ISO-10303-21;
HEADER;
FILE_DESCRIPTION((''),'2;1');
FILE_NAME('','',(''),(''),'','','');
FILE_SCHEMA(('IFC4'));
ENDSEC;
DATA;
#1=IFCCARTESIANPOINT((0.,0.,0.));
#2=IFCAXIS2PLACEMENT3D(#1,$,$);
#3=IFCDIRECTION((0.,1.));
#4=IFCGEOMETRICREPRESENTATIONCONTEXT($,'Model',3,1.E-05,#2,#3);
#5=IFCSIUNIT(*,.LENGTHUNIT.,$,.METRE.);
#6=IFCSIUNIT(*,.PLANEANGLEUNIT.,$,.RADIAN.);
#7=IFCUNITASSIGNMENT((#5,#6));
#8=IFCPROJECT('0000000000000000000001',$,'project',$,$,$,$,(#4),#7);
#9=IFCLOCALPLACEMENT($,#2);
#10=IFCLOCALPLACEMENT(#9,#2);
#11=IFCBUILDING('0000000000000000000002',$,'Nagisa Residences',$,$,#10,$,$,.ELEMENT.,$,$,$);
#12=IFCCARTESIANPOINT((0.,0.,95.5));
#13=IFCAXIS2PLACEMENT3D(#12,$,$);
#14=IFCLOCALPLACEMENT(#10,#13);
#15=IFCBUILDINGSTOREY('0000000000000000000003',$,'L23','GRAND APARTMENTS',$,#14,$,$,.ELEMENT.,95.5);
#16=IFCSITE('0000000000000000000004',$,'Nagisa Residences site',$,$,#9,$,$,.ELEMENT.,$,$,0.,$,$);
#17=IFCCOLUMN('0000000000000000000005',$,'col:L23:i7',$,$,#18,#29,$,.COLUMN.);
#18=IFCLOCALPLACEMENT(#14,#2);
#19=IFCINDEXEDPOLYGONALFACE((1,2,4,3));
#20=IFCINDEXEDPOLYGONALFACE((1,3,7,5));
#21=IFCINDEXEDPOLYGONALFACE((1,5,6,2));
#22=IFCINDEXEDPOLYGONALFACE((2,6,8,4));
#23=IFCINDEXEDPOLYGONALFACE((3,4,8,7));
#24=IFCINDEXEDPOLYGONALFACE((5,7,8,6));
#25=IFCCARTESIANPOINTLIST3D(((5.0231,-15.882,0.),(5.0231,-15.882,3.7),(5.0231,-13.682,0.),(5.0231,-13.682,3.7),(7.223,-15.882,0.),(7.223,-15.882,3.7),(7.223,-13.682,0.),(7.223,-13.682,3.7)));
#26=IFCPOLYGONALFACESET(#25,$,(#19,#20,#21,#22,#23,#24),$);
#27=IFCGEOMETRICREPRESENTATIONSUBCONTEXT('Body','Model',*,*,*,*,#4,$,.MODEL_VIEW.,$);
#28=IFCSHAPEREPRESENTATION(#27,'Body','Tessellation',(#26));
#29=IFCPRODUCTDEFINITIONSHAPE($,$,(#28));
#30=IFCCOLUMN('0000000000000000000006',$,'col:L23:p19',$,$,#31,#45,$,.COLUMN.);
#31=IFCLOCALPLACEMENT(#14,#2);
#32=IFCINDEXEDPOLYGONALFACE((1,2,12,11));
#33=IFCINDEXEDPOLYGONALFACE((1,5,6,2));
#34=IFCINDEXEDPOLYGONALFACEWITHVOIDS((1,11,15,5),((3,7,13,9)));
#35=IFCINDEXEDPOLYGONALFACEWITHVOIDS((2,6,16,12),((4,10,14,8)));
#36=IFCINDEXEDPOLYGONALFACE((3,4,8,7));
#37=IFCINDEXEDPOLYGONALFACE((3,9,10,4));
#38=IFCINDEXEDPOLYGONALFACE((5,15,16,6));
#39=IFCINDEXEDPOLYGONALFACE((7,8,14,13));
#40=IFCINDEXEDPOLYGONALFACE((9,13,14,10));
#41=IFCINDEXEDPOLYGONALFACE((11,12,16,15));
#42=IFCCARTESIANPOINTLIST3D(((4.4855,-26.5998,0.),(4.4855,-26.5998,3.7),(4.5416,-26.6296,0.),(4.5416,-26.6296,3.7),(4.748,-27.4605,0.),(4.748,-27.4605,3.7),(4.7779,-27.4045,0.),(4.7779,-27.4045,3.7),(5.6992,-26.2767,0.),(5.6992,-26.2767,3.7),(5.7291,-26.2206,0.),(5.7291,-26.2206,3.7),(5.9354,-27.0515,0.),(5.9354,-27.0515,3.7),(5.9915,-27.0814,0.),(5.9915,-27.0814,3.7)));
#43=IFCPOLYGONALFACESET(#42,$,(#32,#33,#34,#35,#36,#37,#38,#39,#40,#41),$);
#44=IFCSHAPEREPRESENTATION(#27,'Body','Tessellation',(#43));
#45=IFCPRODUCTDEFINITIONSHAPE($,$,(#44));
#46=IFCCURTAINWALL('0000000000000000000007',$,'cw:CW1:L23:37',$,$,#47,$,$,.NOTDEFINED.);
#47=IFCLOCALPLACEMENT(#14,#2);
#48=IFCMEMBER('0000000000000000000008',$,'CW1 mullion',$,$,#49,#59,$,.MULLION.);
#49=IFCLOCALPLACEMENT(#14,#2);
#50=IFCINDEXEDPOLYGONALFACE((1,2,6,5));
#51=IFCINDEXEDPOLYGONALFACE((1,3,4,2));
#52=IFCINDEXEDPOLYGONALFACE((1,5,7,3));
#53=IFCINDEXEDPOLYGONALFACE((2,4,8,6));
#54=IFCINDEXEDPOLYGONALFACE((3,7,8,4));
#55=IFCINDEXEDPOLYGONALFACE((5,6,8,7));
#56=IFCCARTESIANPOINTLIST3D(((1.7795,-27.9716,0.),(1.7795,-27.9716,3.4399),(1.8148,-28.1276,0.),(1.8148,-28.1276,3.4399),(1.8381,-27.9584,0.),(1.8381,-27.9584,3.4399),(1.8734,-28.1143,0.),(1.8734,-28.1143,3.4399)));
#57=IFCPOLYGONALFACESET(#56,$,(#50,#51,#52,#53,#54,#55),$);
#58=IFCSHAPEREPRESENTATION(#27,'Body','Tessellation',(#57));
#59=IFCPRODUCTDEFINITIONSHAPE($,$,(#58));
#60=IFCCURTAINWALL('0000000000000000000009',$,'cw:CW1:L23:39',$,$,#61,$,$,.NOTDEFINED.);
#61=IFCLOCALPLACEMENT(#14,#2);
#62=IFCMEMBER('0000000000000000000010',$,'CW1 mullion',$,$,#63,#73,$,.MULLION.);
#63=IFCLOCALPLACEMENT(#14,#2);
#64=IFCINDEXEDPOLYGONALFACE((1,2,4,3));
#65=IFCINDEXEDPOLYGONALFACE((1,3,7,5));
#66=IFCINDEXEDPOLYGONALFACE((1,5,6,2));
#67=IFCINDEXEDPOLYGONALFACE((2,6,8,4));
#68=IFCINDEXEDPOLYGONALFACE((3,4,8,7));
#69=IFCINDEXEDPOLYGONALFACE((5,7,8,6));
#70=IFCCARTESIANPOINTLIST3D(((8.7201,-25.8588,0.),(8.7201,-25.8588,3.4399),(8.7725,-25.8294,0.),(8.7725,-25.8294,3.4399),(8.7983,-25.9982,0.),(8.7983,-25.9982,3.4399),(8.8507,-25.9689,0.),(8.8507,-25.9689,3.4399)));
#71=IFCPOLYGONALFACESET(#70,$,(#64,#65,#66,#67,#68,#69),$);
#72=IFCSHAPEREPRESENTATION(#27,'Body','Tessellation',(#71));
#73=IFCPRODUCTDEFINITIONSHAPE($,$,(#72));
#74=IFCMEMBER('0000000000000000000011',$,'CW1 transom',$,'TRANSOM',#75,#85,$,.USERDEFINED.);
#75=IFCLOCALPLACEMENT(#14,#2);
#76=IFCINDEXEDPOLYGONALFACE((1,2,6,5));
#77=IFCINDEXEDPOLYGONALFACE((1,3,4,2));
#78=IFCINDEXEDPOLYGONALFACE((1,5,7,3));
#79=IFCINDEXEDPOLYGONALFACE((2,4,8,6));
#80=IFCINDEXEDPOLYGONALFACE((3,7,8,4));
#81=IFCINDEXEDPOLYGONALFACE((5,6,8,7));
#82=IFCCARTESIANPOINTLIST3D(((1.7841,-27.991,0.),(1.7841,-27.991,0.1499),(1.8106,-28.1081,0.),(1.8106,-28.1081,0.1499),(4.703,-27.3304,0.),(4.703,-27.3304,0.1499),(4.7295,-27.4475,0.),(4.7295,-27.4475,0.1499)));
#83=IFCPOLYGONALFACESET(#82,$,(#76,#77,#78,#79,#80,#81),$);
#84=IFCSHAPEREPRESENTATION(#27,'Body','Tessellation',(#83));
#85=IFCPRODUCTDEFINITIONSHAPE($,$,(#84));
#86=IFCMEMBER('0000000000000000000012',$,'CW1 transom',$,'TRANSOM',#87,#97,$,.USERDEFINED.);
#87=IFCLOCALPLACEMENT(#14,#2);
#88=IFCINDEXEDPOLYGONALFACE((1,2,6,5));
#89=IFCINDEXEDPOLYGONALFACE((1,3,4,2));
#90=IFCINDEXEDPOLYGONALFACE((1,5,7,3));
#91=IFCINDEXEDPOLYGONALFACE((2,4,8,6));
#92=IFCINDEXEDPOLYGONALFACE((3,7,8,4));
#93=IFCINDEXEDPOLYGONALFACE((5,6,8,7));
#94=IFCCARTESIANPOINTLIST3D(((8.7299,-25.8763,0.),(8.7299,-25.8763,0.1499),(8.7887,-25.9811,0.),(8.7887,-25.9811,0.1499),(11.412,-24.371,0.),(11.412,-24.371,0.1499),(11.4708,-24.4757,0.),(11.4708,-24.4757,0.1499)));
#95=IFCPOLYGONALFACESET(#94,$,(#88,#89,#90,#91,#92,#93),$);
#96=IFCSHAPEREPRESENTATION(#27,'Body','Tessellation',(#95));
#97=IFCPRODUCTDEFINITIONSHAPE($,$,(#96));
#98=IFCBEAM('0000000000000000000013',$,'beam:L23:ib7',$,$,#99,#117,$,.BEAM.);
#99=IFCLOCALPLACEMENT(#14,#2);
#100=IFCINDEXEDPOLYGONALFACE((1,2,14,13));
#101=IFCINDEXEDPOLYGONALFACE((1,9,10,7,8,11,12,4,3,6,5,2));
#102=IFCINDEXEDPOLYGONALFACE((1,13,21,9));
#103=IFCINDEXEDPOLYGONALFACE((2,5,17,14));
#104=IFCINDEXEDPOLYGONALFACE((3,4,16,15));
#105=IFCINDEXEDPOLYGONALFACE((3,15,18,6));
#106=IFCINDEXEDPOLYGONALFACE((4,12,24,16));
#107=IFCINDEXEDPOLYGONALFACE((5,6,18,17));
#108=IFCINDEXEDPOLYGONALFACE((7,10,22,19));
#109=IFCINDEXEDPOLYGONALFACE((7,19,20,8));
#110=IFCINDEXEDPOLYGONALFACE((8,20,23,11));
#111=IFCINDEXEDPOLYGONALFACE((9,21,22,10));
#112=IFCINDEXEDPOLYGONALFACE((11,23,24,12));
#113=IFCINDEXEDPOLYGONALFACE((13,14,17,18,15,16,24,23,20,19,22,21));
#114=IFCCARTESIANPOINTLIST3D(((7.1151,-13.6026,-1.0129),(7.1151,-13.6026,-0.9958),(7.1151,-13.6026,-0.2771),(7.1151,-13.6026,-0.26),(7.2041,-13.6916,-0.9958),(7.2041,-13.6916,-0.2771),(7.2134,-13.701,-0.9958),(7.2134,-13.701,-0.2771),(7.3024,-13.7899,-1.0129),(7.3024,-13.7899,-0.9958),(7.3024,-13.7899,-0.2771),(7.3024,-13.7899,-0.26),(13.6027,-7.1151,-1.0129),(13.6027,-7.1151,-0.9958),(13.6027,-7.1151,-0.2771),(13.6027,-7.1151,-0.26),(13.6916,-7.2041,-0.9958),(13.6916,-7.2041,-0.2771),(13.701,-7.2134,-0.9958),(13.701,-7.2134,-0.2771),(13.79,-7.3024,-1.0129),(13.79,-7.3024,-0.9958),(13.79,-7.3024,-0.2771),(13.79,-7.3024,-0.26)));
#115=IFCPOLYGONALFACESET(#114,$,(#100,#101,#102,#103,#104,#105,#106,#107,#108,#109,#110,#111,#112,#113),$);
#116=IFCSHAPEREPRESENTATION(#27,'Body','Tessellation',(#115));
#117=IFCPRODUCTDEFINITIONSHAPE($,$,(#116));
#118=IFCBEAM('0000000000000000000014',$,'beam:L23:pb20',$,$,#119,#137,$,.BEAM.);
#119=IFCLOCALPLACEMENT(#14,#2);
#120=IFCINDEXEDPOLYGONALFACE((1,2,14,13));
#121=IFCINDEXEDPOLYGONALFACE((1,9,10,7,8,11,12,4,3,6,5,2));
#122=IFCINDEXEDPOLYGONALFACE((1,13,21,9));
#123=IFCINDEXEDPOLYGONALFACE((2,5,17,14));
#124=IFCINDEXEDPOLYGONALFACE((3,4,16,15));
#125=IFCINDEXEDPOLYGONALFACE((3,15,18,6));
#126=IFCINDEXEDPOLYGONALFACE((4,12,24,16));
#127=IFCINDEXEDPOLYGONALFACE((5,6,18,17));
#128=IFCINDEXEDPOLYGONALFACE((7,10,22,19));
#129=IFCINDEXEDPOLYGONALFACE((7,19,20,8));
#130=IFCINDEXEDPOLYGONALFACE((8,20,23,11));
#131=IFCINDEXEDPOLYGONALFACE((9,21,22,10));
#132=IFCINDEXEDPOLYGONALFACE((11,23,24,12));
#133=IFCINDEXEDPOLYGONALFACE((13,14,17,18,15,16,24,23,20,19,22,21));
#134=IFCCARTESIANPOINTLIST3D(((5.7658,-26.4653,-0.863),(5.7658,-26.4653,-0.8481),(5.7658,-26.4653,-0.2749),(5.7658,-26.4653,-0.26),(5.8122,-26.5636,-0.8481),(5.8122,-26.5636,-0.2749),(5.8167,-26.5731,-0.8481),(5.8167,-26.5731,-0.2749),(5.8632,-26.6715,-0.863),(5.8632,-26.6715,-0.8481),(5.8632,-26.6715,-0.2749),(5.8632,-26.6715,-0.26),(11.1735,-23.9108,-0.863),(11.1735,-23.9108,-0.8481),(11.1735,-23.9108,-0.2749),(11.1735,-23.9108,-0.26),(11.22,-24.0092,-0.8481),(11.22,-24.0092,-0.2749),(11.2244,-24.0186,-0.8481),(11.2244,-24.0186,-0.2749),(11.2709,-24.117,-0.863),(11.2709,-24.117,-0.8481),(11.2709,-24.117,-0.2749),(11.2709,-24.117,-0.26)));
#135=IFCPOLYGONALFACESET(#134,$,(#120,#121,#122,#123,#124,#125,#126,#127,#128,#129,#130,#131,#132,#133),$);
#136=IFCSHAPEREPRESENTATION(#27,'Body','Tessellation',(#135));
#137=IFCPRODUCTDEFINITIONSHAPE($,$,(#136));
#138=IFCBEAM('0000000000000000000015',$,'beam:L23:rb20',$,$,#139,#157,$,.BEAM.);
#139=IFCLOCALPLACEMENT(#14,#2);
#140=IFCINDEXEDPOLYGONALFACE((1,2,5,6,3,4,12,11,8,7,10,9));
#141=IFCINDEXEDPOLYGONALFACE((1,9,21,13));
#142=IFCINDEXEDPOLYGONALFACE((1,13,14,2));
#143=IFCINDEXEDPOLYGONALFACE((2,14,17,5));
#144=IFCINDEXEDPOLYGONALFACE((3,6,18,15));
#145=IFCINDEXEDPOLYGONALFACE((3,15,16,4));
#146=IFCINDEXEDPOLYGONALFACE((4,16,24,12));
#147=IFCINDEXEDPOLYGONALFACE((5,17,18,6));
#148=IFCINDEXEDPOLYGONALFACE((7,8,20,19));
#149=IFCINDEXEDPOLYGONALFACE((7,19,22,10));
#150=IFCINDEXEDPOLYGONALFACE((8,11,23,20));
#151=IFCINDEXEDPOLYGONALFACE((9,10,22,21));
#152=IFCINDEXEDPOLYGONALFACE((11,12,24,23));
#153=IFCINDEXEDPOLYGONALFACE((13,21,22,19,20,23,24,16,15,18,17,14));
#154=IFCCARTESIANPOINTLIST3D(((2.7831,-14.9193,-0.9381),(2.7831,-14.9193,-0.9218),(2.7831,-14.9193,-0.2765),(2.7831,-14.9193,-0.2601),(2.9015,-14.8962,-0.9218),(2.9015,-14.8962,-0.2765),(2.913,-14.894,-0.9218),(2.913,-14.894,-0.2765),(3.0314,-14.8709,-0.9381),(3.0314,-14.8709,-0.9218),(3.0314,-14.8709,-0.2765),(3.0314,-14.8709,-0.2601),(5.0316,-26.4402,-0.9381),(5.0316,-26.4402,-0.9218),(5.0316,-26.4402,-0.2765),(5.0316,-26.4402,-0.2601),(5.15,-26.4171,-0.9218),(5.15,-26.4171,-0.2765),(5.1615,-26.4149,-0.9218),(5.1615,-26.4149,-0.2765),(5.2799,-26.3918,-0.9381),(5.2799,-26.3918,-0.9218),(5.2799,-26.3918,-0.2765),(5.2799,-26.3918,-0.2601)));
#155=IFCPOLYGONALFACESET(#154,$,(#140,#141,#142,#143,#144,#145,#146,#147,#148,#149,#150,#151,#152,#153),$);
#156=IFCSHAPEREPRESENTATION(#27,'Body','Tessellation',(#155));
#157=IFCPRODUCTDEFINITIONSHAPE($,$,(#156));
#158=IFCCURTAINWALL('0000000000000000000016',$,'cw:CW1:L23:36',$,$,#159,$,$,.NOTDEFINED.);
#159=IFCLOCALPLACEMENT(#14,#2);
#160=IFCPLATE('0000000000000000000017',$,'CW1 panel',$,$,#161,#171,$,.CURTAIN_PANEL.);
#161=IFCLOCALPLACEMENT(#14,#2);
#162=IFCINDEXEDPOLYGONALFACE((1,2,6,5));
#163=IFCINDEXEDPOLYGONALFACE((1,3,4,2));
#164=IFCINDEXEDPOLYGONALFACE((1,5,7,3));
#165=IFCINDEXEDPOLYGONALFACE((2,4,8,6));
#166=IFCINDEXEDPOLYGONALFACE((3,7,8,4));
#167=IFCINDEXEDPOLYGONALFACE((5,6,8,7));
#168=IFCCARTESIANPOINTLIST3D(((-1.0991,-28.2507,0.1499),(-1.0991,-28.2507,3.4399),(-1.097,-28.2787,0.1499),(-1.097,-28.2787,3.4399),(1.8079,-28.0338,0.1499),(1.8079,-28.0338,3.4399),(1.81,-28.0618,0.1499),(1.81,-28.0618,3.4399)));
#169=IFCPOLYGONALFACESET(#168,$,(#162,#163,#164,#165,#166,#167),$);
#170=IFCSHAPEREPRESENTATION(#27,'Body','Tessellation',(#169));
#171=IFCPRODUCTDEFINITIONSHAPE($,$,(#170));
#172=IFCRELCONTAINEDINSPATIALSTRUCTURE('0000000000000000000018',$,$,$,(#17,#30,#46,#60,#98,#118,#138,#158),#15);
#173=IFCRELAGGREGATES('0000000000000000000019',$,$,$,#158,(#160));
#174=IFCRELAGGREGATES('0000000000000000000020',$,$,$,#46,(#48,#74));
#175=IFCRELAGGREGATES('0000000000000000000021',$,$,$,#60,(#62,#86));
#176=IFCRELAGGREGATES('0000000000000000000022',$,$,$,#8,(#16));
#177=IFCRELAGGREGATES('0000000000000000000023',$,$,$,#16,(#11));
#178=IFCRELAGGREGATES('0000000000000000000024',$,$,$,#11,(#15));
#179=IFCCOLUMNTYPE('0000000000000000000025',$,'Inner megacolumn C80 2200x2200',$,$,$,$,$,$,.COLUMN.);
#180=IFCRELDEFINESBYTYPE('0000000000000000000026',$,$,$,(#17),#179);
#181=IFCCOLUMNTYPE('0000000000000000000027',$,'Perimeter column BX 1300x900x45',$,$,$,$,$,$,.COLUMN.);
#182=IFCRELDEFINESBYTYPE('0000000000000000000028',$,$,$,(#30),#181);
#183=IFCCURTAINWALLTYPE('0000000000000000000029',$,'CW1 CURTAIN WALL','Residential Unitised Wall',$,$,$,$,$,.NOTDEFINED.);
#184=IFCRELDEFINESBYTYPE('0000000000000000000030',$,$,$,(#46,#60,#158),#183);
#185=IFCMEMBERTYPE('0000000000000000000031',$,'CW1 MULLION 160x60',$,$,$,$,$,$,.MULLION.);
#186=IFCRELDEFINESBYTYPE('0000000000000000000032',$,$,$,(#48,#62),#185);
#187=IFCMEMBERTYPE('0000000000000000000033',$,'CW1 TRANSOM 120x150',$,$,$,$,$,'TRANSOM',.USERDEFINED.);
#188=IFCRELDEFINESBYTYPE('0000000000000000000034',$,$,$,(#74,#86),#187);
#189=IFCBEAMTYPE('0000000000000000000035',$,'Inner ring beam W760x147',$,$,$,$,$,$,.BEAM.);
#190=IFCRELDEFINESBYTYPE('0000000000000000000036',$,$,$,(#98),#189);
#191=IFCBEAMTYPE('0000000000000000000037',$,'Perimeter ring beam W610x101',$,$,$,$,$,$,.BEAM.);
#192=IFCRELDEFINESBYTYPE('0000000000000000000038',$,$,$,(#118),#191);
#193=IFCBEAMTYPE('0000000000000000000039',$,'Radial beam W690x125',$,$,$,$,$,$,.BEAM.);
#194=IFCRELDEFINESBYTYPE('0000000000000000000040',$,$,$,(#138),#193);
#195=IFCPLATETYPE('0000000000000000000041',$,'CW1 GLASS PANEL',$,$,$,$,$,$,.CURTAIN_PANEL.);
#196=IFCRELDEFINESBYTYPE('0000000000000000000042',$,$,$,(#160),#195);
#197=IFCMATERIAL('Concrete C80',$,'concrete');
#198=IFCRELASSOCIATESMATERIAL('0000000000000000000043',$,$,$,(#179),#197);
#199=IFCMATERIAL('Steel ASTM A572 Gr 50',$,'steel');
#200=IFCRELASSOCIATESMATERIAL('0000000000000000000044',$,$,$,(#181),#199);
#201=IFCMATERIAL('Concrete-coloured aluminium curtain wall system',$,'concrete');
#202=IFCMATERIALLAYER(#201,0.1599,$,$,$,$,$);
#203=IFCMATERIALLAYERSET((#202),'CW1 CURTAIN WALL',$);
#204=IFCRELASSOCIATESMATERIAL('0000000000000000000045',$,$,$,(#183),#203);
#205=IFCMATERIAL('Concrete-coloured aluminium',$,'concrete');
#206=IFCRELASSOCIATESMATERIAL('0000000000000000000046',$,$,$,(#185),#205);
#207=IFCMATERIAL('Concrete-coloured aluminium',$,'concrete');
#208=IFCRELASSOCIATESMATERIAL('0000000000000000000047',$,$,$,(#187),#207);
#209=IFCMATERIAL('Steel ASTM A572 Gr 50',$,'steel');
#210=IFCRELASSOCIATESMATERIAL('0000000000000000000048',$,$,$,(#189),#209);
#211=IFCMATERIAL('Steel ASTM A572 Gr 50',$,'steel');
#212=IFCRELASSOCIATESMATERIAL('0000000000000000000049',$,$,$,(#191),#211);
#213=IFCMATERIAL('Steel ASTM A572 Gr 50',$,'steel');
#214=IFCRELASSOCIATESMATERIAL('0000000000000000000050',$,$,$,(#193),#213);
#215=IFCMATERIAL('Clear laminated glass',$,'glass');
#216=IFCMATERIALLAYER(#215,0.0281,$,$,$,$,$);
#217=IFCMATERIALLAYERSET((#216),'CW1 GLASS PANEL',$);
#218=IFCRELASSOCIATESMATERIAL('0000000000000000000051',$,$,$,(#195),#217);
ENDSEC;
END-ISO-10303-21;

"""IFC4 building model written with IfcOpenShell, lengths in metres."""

from ifc_helpers import new_model, si_unit, direction, frame, origin, origin_2d, place, context, subcontext, project, spatial, rectangle, hollow_rectangle, i_section, extrude, material, layer, layer_set, material_profile, profile_set, type_object, element, aggregate, save


model = new_model("IFC4")

# Units and contexts
model_context = context("Model", 3, precision=1e-05, world=origin(), true_north=direction((0.0, 1.0)))
body_context = subcontext(model_context, "Body", "Model", "MODEL_VIEW")
ifc_project = project(units=[si_unit("LENGTHUNIT", "METRE"), si_unit("PLANEANGLEUNIT", "RADIAN")], contexts=[model_context])

# Site, building, storey
site_placement = place(None, origin())
site = spatial("IfcSite", under=ifc_project, at=site_placement, Name="Nagisa Residences site", CompositionType="ELEMENT", RefElevation=0.0)
building_placement = place(site_placement, origin())
building = spatial("IfcBuilding", under=site, at=building_placement, Name="Nagisa Residences", CompositionType="ELEMENT")
storey_placement = place(building_placement, frame((0.0, 0.0, 95.5)))
storey = spatial("IfcBuildingStorey", under=building, at=storey_placement, Name="L23", Description="GRAND APARTMENTS", CompositionType="ELEMENT", Elevation=95.5)

# Columns
ifc_material_1 = material(Name="Concrete C80", Category="concrete")
ifc_material_profile_1 = material_profile(ifc_material_1, rectangle(XDim=2.2, YDim=2.2, at=origin_2d()), Name="C80 2200x2200")
ifc_profile_set_1 = profile_set([ifc_material_profile_1], Name="Concrete C80")
column_type_1 = type_object("IfcColumnType", Name="Inner megacolumn C80 2200x2200", PredefinedType="COLUMN", material=ifc_profile_set_1)
column_1_placement = place(storey_placement, frame((6.123, -14.782, 0.0), z_axis=(0.0, 0.0, 1.0), x_axis=(1.0, 0.0, 0.0)))
element("IfcColumn", 1, at=column_1_placement, inside=storey, type_object=column_type_1, Name="col:L23:i7", PredefinedType="COLUMN", context=body_context, shape_type="SweptSolid", body=[
    extrude(rectangle(XDim=2.2, YDim=2.2, at=origin_2d()), origin(), (0.0, 0.0, 1.0), 3.7),
])
ifc_material_2 = material(Name="Steel ASTM A572 Gr 50", Category="steel")
ifc_material_profile_2 = material_profile(ifc_material_2, hollow_rectangle(XDim=1.3, YDim=0.8999, WallThickness=0.0449, at=origin_2d()), Name="BX 1300x900x45")
ifc_profile_set_2 = profile_set([ifc_material_profile_2], Name="Steel ASTM A572 Gr 50")
column_type_2 = type_object("IfcColumnType", Name="Perimeter column BX 1300x900x45", PredefinedType="COLUMN", material=ifc_profile_set_2)
column_2_placement = place(storey_placement, frame((5.2385, -26.8406, 0.0), z_axis=(0.0, 0.0, 1.0), x_axis=(0.956525, 0.291652, 0.0)))
element("IfcColumn", 2, at=column_2_placement, inside=storey, type_object=column_type_2, Name="col:L23:p19", PredefinedType="COLUMN", context=body_context, shape_type="SweptSolid", body=[
    extrude(hollow_rectangle(XDim=1.3, YDim=0.8999, WallThickness=0.0449, at=origin_2d()), origin(), (0.0, 0.0, 1.0), 3.7),
])

# Curtain walls, members
ifc_material_3 = material(Name="Concrete-coloured aluminium curtain wall system", Category="concrete")
ifc_layer_1 = layer(ifc_material_3, 0.1599)
ifc_layer_set_1 = layer_set([ifc_layer_1], Name="CW1 CURTAIN WALL")
curtain_wall_type = type_object("IfcCurtainWallType", Name="CW1 CURTAIN WALL", Description="Residential Unitised Wall", PredefinedType="NOTDEFINED", material=ifc_layer_set_1)
curtain_wall_1_placement = place(storey_placement, origin())
curtain_wall_1 = element("IfcCurtainWall", 3, at=curtain_wall_1_placement, inside=storey, type_object=curtain_wall_type, Name="cw:CW1:L23:37", PredefinedType="NOTDEFINED")
ifc_material_4 = material(Name="Concrete-coloured aluminium", Category="concrete")
ifc_material_profile_3 = material_profile(ifc_material_4, rectangle(XDim=0.1599, YDim=0.0601, at=origin_2d()), Name="CW1 MULLION 160x60")
ifc_profile_set_3 = profile_set([ifc_material_profile_3], Name="Concrete-coloured aluminium")
member_type_1 = type_object("IfcMemberType", Name="CW1 MULLION 160x60", PredefinedType="MULLION", material=ifc_profile_set_3)
member_1_placement = place(storey_placement, frame((1.8264, -28.043, 0.0), z_axis=(0.0, 0.0, 1.0), x_axis=(-0.220764, 0.975327, 0.0)))
member_1 = element("IfcMember", 4, at=member_1_placement, type_object=member_type_1, Name="CW1 mullion", PredefinedType="MULLION", context=body_context, shape_type="SweptSolid", body=[
    extrude(rectangle(XDim=0.1599, YDim=0.0601, at=origin_2d()), origin(), (0.0, 0.0, 1.0), 3.4399),
])
curtain_wall_2_placement = place(storey_placement, origin())
curtain_wall_2 = element("IfcCurtainWall", 5, at=curtain_wall_2_placement, inside=storey, type_object=curtain_wall_type, Name="cw:CW1:L23:39", PredefinedType="NOTDEFINED")
member_2_placement = place(storey_placement, frame((8.7854, -25.9138, 0.0), z_axis=(0.0, 0.0, 1.0), x_axis=(-0.489377, 0.872072, 0.0)))
member_2 = element("IfcMember", 6, at=member_2_placement, type_object=member_type_1, Name="CW1 mullion", PredefinedType="MULLION", context=body_context, shape_type="SweptSolid", body=[
    extrude(rectangle(XDim=0.1599, YDim=0.0601, at=origin_2d()), origin(), (0.0, 0.0, 1.0), 3.4399),
])

# Members
ifc_material_5 = material(Name="Concrete-coloured aluminium", Category="concrete")
ifc_material_profile_4 = material_profile(ifc_material_5, rectangle(XDim=0.1201, YDim=0.1499, at=origin_2d()), Name="CW1 TRANSOM 120x150")
ifc_profile_set_4 = profile_set([ifc_material_profile_4], Name="Concrete-coloured aluminium")
member_type_2 = type_object("IfcMemberType", Name="CW1 TRANSOM 120x150", ElementType="TRANSOM", PredefinedType="USERDEFINED", material=ifc_profile_set_4)
member_3_placement = place(storey_placement, frame((1.7974, -28.0496, 0.075), z_axis=(0.975331, 0.220747, 0.0), x_axis=(-0.220747, 0.975331, 0.0)))
member_3 = element("IfcMember", 7, at=member_3_placement, type_object=member_type_2, Name="CW1 transom", ObjectType="TRANSOM", PredefinedType="USERDEFINED", context=body_context, shape_type="SweptSolid", body=[
    extrude(rectangle(XDim=0.1201, YDim=0.1499, at=origin_2d()), origin(), (0.0, 0.0, 1.0), 2.9927),
])
member_4_placement = place(storey_placement, frame((8.7593, -25.9287, 0.075), z_axis=(0.872037, 0.489439, 0.0), x_axis=(-0.489439, 0.872037, 0.0)))
member_4 = element("IfcMember", 8, at=member_4_placement, type_object=member_type_2, Name="CW1 transom", ObjectType="TRANSOM", PredefinedType="USERDEFINED", context=body_context, shape_type="SweptSolid", body=[
    extrude(rectangle(XDim=0.1201, YDim=0.1499, at=origin_2d()), origin(), (0.0, 0.0, 1.0), 3.0757),
])

# Beams
ifc_material_6 = material(Name="Steel ASTM A572 Gr 50", Category="steel")
ifc_material_profile_5 = material_profile(ifc_material_6, i_section(OverallWidth=0.2649, OverallDepth=0.7529, WebThickness=0.0132, FlangeThickness=0.0171, at=origin_2d()), Name="W760x147")
ifc_profile_set_5 = profile_set([ifc_material_profile_5], Name="Steel ASTM A572 Gr 50")
beam_type_1 = type_object("IfcBeamType", Name="Inner ring beam W760x147", PredefinedType="BEAM", material=ifc_profile_set_5)
beam_1_placement = place(storey_placement, frame((7.2087, -13.6963, -0.6365), z_axis=(0.707107, 0.707107, 0.0), x_axis=(-0.707107, 0.707107, 0.0)))
element("IfcBeam", 9, at=beam_1_placement, inside=storey, type_object=beam_type_1, Name="beam:L23:ib7", PredefinedType="BEAM", context=body_context, shape_type="SweptSolid", body=[
    extrude(i_section(OverallWidth=0.2649, OverallDepth=0.7529, WebThickness=0.0132, FlangeThickness=0.0171, at=origin_2d()), origin(), (0.0, 0.0, 1.0), 9.1748),
])
ifc_material_7 = material(Name="Steel ASTM A572 Gr 50", Category="steel")
ifc_material_profile_6 = material_profile(ifc_material_7, i_section(OverallWidth=0.228, OverallDepth=0.603, WebThickness=0.0105, FlangeThickness=0.0149, at=origin_2d()), Name="W610x101")
ifc_profile_set_6 = profile_set([ifc_material_profile_6], Name="Steel ASTM A572 Gr 50")
beam_type_2 = type_object("IfcBeamType", Name="Perimeter ring beam W610x101", PredefinedType="BEAM", material=ifc_profile_set_6)
beam_2_placement = place(storey_placement, frame((5.8145, -26.5684, -0.5615), z_axis=(0.904197, 0.427116, 0.0), x_axis=(-0.427116, 0.904197, 0.0)))
element("IfcBeam", 10, at=beam_2_placement, inside=storey, type_object=beam_type_2, Name="beam:L23:pb20", PredefinedType="BEAM", context=body_context, shape_type="SweptSolid", body=[
    extrude(i_section(OverallWidth=0.228, OverallDepth=0.603, WebThickness=0.0105, FlangeThickness=0.0149, at=origin_2d()), origin(), (0.0, 0.0, 1.0), 5.9807),
])
ifc_material_8 = material(Name="Steel ASTM A572 Gr 50", Category="steel")
ifc_material_profile_7 = material_profile(ifc_material_8, i_section(OverallWidth=0.2529, OverallDepth=0.678, WebThickness=0.0117, FlangeThickness=0.0164, at=origin_2d()), Name="W690x125")
ifc_profile_set_7 = profile_set([ifc_material_profile_7], Name="Steel ASTM A572 Gr 50")
beam_type_3 = type_object("IfcBeamType", Name="Radial beam W690x125", PredefinedType="BEAM", material=ifc_profile_set_7)
beam_3_placement = place(storey_placement, frame((5.1558, -26.416, -0.5991), z_axis=(-0.191554, 0.981482, 0.0), x_axis=(-0.981482, -0.191554, 0.0)))
element("IfcBeam", 11, at=beam_3_placement, inside=storey, type_object=beam_type_3, Name="beam:L23:rb20", PredefinedType="BEAM", context=body_context, shape_type="SweptSolid", body=[
    extrude(i_section(OverallWidth=0.2529, OverallDepth=0.678, WebThickness=0.0117, FlangeThickness=0.0164, at=origin_2d()), origin(), (0.0, 0.0, 1.0), 11.7383),
])

# Curtain wall, plate
curtain_wall_3_placement = place(storey_placement, origin())
curtain_wall_3 = element("IfcCurtainWall", 12, at=curtain_wall_3_placement, inside=storey, type_object=curtain_wall_type, Name="cw:CW1:L23:36", PredefinedType="NOTDEFINED")
ifc_material_9 = material(Name="Clear laminated glass", Category="glass")
ifc_layer_2 = layer(ifc_material_9, 0.0281)
ifc_layer_set_2 = layer_set([ifc_layer_2], Name="CW1 GLASS PANEL")
plate_type = type_object("IfcPlateType", Name="CW1 GLASS PANEL", PredefinedType="CURTAIN_PANEL", material=ifc_layer_set_2)
plate_1_placement = place(storey_placement, frame((0.3555, -28.1562, 0.1499), z_axis=(0.0, 0.0, 1.0), x_axis=(0.99723, 0.074377, 0.0)))
plate_1 = element("IfcPlate", 13, at=plate_1_placement, type_object=plate_type, Name="CW1 panel", PredefinedType="CURTAIN_PANEL", context=body_context, shape_type="SweptSolid", body=[
    extrude(rectangle(XDim=2.915, YDim=0.0281, at=origin_2d()), origin(), (0.0, 0.0, 1.0), 3.29),
])
aggregate(curtain_wall_3, [plate_1])

aggregate(curtain_wall_1, [member_1, member_3])
aggregate(curtain_wall_2, [member_2, member_4])

save(model, "model.ifc")
